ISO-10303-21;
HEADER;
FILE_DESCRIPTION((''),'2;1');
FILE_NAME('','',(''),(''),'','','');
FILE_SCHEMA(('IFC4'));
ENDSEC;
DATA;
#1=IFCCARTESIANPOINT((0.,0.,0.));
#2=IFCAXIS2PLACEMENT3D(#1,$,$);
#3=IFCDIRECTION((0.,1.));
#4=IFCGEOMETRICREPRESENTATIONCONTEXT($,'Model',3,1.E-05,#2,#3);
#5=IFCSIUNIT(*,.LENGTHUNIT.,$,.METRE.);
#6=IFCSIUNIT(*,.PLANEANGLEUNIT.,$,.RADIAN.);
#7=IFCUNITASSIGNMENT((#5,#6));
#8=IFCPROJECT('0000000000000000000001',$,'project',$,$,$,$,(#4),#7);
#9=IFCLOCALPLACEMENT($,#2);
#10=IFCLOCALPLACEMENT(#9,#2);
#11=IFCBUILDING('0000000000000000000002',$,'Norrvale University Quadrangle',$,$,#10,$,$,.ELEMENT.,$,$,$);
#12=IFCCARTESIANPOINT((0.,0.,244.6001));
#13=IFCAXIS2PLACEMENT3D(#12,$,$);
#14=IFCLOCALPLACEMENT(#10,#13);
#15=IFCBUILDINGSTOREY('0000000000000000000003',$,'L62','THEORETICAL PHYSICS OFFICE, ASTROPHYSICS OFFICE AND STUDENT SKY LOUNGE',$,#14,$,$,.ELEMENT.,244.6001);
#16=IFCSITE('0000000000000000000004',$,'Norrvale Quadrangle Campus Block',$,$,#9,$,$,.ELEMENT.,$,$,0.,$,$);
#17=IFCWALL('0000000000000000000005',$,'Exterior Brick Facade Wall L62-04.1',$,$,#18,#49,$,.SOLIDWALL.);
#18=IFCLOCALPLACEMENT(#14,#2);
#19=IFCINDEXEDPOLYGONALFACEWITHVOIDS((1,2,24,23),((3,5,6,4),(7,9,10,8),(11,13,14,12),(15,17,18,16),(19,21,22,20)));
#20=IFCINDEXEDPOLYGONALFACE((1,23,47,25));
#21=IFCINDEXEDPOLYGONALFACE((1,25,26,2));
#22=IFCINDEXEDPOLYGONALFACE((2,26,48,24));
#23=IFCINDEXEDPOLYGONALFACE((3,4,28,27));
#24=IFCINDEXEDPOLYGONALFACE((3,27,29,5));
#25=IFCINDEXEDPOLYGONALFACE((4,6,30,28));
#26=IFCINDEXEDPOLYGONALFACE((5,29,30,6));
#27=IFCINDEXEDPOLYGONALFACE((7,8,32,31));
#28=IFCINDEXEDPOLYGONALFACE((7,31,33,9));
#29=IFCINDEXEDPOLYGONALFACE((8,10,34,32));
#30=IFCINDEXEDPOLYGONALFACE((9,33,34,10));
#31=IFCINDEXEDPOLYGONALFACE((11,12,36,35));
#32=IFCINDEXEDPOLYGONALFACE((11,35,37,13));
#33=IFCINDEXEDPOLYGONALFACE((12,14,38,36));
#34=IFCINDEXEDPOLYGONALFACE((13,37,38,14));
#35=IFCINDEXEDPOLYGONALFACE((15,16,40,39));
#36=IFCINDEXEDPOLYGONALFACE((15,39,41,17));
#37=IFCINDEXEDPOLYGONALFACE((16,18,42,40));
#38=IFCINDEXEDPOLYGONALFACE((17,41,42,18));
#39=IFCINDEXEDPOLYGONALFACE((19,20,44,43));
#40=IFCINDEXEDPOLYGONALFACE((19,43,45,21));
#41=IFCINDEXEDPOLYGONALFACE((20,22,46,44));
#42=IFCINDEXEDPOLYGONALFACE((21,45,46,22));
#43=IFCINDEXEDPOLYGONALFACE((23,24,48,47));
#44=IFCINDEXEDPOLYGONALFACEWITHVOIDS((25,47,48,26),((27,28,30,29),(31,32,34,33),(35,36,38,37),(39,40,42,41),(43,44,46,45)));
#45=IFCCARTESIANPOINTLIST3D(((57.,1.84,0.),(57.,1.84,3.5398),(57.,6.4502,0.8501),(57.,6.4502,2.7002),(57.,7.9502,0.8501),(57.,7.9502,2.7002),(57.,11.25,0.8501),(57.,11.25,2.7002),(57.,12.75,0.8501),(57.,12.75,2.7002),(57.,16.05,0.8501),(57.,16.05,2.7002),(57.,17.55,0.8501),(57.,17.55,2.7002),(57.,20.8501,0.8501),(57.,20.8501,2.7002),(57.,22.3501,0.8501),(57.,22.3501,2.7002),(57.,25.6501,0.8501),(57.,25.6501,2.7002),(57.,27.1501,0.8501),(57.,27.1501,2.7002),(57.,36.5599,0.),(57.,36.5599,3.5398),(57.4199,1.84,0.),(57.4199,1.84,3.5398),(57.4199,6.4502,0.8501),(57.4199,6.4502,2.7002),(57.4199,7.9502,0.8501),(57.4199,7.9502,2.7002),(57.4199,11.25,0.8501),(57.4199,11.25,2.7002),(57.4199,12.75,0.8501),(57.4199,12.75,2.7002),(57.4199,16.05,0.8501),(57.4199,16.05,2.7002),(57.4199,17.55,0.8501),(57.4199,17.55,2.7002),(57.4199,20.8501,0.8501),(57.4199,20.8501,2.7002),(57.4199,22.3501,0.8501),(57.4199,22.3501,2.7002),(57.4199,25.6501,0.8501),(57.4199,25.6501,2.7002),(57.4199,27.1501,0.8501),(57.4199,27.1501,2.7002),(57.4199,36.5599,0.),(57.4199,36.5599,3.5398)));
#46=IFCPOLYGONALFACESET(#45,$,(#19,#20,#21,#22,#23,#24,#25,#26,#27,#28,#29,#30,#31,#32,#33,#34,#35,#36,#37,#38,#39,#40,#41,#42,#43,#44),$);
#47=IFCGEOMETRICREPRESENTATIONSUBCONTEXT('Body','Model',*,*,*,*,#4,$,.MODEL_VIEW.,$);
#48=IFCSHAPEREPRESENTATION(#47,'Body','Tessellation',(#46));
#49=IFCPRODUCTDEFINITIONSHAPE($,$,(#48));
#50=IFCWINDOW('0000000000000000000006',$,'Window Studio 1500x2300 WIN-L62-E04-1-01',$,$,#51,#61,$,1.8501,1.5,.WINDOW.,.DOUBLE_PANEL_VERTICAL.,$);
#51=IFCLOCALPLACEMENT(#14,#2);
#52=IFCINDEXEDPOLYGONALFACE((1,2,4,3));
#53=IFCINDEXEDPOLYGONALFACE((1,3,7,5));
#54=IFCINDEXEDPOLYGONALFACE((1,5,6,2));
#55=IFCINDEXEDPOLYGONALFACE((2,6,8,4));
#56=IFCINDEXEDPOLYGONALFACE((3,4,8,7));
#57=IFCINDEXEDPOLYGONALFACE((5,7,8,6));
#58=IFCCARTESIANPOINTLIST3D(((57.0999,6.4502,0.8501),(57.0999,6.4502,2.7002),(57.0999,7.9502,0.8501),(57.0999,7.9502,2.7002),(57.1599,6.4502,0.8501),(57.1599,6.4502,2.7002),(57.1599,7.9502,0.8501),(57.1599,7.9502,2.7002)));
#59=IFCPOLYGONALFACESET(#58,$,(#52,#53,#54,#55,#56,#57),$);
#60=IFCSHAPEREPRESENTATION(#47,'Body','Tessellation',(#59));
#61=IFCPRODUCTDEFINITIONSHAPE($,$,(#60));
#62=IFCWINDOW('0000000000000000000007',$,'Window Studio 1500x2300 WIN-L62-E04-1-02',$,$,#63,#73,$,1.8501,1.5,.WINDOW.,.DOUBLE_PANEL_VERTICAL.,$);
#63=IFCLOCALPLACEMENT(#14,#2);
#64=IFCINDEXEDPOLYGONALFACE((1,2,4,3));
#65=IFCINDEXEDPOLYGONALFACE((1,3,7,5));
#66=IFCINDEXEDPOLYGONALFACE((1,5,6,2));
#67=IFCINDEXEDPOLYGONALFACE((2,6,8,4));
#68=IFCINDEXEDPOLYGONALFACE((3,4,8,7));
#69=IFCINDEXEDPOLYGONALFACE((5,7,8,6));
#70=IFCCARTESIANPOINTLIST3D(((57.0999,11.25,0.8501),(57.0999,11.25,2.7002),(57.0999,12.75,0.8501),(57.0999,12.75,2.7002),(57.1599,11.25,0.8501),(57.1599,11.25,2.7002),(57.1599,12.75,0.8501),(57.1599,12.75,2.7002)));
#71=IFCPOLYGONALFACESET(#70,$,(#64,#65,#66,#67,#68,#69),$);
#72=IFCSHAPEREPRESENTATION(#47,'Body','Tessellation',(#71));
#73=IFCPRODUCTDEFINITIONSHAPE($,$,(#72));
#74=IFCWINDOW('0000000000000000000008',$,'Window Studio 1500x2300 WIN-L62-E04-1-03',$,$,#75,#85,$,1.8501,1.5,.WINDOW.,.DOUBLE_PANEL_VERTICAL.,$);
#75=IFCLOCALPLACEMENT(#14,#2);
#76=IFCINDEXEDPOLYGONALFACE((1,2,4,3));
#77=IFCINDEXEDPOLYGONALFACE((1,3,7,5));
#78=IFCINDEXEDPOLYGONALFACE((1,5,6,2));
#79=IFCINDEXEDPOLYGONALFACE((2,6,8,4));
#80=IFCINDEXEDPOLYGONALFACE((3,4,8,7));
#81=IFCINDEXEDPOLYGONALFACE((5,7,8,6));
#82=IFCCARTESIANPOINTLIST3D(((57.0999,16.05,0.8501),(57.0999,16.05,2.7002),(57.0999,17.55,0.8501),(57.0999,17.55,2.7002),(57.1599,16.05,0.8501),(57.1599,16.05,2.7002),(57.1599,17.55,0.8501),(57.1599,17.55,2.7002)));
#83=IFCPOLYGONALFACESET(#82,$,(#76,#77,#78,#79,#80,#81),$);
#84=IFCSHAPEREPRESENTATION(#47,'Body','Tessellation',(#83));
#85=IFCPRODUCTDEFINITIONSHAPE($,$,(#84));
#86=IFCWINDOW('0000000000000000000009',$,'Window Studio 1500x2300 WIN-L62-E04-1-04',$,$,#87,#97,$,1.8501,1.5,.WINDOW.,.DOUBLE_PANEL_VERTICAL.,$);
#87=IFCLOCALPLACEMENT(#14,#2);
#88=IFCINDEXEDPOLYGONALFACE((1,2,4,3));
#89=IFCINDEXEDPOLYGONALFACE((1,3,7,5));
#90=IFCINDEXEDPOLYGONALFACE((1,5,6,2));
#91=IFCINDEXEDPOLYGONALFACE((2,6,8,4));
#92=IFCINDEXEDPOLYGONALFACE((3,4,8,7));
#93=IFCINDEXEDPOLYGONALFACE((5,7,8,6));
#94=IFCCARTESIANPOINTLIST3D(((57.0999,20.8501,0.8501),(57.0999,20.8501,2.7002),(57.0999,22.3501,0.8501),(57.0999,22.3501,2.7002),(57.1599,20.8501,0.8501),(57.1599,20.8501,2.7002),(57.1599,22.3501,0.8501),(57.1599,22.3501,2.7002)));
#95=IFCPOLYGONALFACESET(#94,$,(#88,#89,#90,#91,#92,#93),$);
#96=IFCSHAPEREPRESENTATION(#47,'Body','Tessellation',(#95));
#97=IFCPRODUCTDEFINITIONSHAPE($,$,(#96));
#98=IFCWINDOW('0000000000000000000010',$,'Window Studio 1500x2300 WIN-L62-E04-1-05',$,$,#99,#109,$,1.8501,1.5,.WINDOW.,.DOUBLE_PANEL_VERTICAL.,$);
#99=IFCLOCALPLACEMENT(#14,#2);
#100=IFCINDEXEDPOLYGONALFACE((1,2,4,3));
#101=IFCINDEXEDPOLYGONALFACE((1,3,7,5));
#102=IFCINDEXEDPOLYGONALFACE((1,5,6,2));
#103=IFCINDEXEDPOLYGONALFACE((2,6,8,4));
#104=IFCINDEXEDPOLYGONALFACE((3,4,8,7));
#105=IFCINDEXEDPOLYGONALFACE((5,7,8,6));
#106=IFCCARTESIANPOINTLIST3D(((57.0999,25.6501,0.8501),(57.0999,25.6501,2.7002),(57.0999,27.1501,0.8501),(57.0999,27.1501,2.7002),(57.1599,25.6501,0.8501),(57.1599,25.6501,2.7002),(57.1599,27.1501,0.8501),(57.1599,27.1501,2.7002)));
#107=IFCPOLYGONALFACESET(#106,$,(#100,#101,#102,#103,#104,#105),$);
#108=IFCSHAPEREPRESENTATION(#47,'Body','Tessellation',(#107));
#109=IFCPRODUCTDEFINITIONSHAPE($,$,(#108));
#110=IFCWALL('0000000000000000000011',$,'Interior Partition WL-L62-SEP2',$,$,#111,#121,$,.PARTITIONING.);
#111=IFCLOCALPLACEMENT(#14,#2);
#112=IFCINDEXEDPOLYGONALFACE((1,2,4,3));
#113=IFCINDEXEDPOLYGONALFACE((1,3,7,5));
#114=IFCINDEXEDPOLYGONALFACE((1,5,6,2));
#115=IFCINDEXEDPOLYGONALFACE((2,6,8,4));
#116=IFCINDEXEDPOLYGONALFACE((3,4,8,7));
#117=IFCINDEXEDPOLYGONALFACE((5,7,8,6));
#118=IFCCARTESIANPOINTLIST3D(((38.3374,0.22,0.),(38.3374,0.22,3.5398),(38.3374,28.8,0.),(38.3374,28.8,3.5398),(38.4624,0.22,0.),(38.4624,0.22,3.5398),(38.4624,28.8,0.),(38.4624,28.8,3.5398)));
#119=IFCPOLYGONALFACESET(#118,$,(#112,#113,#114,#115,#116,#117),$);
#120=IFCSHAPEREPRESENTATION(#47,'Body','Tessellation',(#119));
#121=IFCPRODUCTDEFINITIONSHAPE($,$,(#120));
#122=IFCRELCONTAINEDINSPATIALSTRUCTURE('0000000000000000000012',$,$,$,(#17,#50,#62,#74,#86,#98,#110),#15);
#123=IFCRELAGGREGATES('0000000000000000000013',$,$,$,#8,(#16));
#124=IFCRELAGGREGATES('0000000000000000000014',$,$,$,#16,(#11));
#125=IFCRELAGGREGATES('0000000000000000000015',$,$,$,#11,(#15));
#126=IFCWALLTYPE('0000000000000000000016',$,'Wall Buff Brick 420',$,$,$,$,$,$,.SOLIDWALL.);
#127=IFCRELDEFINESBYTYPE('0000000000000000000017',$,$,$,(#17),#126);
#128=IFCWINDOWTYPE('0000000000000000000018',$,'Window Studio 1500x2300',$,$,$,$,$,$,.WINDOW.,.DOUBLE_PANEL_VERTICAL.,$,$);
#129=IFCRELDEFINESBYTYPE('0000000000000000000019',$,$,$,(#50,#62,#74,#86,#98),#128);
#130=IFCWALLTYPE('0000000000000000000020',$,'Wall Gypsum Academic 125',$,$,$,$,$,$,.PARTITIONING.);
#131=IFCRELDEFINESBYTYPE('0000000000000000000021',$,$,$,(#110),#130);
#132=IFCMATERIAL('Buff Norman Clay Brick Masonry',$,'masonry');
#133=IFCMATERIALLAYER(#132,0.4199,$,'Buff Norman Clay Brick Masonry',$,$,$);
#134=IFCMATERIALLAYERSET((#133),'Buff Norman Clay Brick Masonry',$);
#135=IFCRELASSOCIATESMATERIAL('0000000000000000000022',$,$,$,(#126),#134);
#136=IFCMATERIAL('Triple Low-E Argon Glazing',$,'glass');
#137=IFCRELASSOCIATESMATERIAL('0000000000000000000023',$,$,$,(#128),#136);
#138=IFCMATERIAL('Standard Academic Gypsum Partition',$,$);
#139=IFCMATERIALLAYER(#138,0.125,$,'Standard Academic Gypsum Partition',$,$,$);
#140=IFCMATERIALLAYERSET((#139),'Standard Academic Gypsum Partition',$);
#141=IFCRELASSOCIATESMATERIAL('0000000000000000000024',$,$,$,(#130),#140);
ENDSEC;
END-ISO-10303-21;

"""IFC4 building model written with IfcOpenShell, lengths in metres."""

from ifc_helpers import new_model, si_unit, direction, frame, frame_2d, origin, place, context, subcontext, project, spatial, rectangle, extrude, material, layer, layer_set, type_object, element, fill, save


model = new_model("IFC4")

# Units and contexts
model_context = context("Model", 3, precision=1e-05, world=origin(), true_north=direction((0.0, 1.0)))
body_context = subcontext(model_context, "Body", "Model", "MODEL_VIEW")
ifc_project = project(units=[si_unit("LENGTHUNIT", "METRE"), si_unit("PLANEANGLEUNIT", "RADIAN")], contexts=[model_context])

# Site, building, storey
site_placement = place(None, origin())
site = spatial("IfcSite", under=ifc_project, at=site_placement, Name="Norrvale Quadrangle Campus Block", CompositionType="ELEMENT", RefElevation=0.0)
building_placement = place(site_placement, origin())
building = spatial("IfcBuilding", under=site, at=building_placement, Name="Norrvale University Quadrangle", CompositionType="ELEMENT")
storey_placement = place(building_placement, frame((0.0, 0.0, 244.6001)))
storey = spatial("IfcBuildingStorey", under=building, at=storey_placement, Name="L62", Description="THEORETICAL PHYSICS OFFICE, ASTROPHYSICS OFFICE AND STUDENT SKY LOUNGE", CompositionType="ELEMENT", Elevation=244.6001)

# Shared definitions
ifc_material_1 = material(Name="Buff Norman Clay Brick Masonry", Category="masonry")
ifc_layer_1 = layer(ifc_material_1, 0.4199, Name="Buff Norman Clay Brick Masonry")
ifc_layer_set_1 = layer_set([ifc_layer_1], Name="Buff Norman Clay Brick Masonry")
wall_type_1 = type_object("IfcWallType", Name="Wall Buff Brick 420", PredefinedType="SOLIDWALL", material=ifc_layer_set_1)

# Wall, openings, windows
wall_1_placement = place(storey_placement, frame((57.21, 1.8401, 0.0), z_axis=(0.0, 0.0, 1.0), x_axis=(0.0, 1.0, 0.0)))
wall_1 = element("IfcWall", 1, at=wall_1_placement, inside=storey, type_object=wall_type_1, Name="Exterior Brick Facade Wall L62-04.1", PredefinedType="SOLIDWALL", context=body_context, shape_type="SweptSolid", body=[
    extrude(rectangle(XDim=34.72, YDim=0.4199, at=frame_2d((17.3599, 0.0))), origin(), (0.0, 0.0, 1.0), 3.5398),
])
opening_1_placement = place(wall_1_placement, frame((4.6101, 0.0, 0.8501)))
opening_1 = element("IfcOpeningElement", 2, at=opening_1_placement, cuts=wall_1, PredefinedType="OPENING", context=body_context, shape_type="SweptSolid", body=[
    extrude(rectangle(XDim=1.5, YDim=1.8501, at=frame_2d((0.75, 0.925))), frame((0.0, 0.2219, 0.0), z_axis=(0.0, -1.0, 0.0), x_axis=(1.0, 0.0, 0.0)), (0.0, 0.0, 1.0), 0.4438),
])
opening_2_placement = place(wall_1_placement, frame((9.4099, 0.0, 0.8501)))
opening_2 = element("IfcOpeningElement", 3, at=opening_2_placement, cuts=wall_1, PredefinedType="OPENING", context=body_context, shape_type="SweptSolid", body=[
    extrude(rectangle(XDim=1.5, YDim=1.8501, at=frame_2d((0.75, 0.925))), frame((0.0, 0.2219, 0.0), z_axis=(0.0, -1.0, 0.0), x_axis=(1.0, 0.0, 0.0)), (0.0, 0.0, 1.0), 0.4438),
])
opening_3_placement = place(wall_1_placement, frame((14.21, 0.0, 0.8501)))
opening_3 = element("IfcOpeningElement", 4, at=opening_3_placement, cuts=wall_1, PredefinedType="OPENING", context=body_context, shape_type="SweptSolid", body=[
    extrude(rectangle(XDim=1.5, YDim=1.8501, at=frame_2d((0.75, 0.925))), frame((0.0, 0.2219, 0.0), z_axis=(0.0, -1.0, 0.0), x_axis=(1.0, 0.0, 0.0)), (0.0, 0.0, 1.0), 0.4438),
])
opening_4_placement = place(wall_1_placement, frame((19.01, 0.0, 0.8501)))
opening_4 = element("IfcOpeningElement", 5, at=opening_4_placement, cuts=wall_1, PredefinedType="OPENING", context=body_context, shape_type="SweptSolid", body=[
    extrude(rectangle(XDim=1.5, YDim=1.8501, at=frame_2d((0.75, 0.925))), frame((0.0, 0.2219, 0.0), z_axis=(0.0, -1.0, 0.0), x_axis=(1.0, 0.0, 0.0)), (0.0, 0.0, 1.0), 0.4438),
])
opening_5_placement = place(wall_1_placement, frame((23.8101, 0.0, 0.8501)))
opening_5 = element("IfcOpeningElement", 6, at=opening_5_placement, cuts=wall_1, PredefinedType="OPENING", context=body_context, shape_type="SweptSolid", body=[
    extrude(rectangle(XDim=1.5, YDim=1.8501, at=frame_2d((0.75, 0.925))), frame((0.0, 0.2219, 0.0), z_axis=(0.0, -1.0, 0.0), x_axis=(1.0, 0.0, 0.0)), (0.0, 0.0, 1.0), 0.4438),
])
ifc_material_2 = material(Name="Triple Low-E Argon Glazing", Category="glass")
window_type = type_object("IfcWindowType", Name="Window Studio 1500x2300", PartitioningType="DOUBLE_PANEL_VERTICAL", PredefinedType="WINDOW", material=ifc_material_2)
window_1_placement = place(opening_1_placement, origin())
window_1 = element("IfcWindow", 7, at=window_1_placement, inside=storey, type_object=window_type, Name="Window Studio 1500x2300 WIN-L62-E04-1-01", OverallHeight=1.8501, OverallWidth=1.5, PartitioningType="DOUBLE_PANEL_VERTICAL", PredefinedType="WINDOW", context=body_context, shape_type="SweptSolid", body=[
    extrude(rectangle(XDim=1.5, YDim=1.8501, at=frame_2d((0.75, 0.925))), frame((0.0, 0.1101, 0.0), z_axis=(0.0, -1.0, 0.0), x_axis=(1.0, 0.0, 0.0)), (0.0, 0.0, 1.0), 0.0601),
])
fill(opening_1, window_1)
window_2_placement = place(opening_2_placement, origin())
window_2 = element("IfcWindow", 8, at=window_2_placement, inside=storey, type_object=window_type, Name="Window Studio 1500x2300 WIN-L62-E04-1-02", OverallHeight=1.8501, OverallWidth=1.5, PartitioningType="DOUBLE_PANEL_VERTICAL", PredefinedType="WINDOW", context=body_context, shape_type="SweptSolid", body=[
    extrude(rectangle(XDim=1.5, YDim=1.8501, at=frame_2d((0.75, 0.925))), frame((0.0, 0.1101, 0.0), z_axis=(0.0, -1.0, 0.0), x_axis=(1.0, 0.0, 0.0)), (0.0, 0.0, 1.0), 0.0601),
])
fill(opening_2, window_2)
window_3_placement = place(opening_3_placement, origin())
window_3 = element("IfcWindow", 9, at=window_3_placement, inside=storey, type_object=window_type, Name="Window Studio 1500x2300 WIN-L62-E04-1-03", OverallHeight=1.8501, OverallWidth=1.5, PartitioningType="DOUBLE_PANEL_VERTICAL", PredefinedType="WINDOW", context=body_context, shape_type="SweptSolid", body=[
    extrude(rectangle(XDim=1.5, YDim=1.8501, at=frame_2d((0.75, 0.925))), frame((0.0, 0.1101, 0.0), z_axis=(0.0, -1.0, 0.0), x_axis=(1.0, 0.0, 0.0)), (0.0, 0.0, 1.0), 0.0601),
])
fill(opening_3, window_3)
window_4_placement = place(opening_4_placement, origin())
window_4 = element("IfcWindow", 10, at=window_4_placement, inside=storey, type_object=window_type, Name="Window Studio 1500x2300 WIN-L62-E04-1-04", OverallHeight=1.8501, OverallWidth=1.5, PartitioningType="DOUBLE_PANEL_VERTICAL", PredefinedType="WINDOW", context=body_context, shape_type="SweptSolid", body=[
    extrude(rectangle(XDim=1.5, YDim=1.8501, at=frame_2d((0.75, 0.925))), frame((0.0, 0.1101, 0.0), z_axis=(0.0, -1.0, 0.0), x_axis=(1.0, 0.0, 0.0)), (0.0, 0.0, 1.0), 0.0601),
])
fill(opening_4, window_4)
window_5_placement = place(opening_5_placement, origin())
window_5 = element("IfcWindow", 11, at=window_5_placement, inside=storey, type_object=window_type, Name="Window Studio 1500x2300 WIN-L62-E04-1-05", OverallHeight=1.8501, OverallWidth=1.5, PartitioningType="DOUBLE_PANEL_VERTICAL", PredefinedType="WINDOW", context=body_context, shape_type="SweptSolid", body=[
    extrude(rectangle(XDim=1.5, YDim=1.8501, at=frame_2d((0.75, 0.925))), frame((0.0, 0.1101, 0.0), z_axis=(0.0, -1.0, 0.0), x_axis=(1.0, 0.0, 0.0)), (0.0, 0.0, 1.0), 0.0601),
])
fill(opening_5, window_5)

# Wall
ifc_material_3 = material(Name="Standard Academic Gypsum Partition")
ifc_layer_2 = layer(ifc_material_3, 0.125, Name="Standard Academic Gypsum Partition")
ifc_layer_set_2 = layer_set([ifc_layer_2], Name="Standard Academic Gypsum Partition")
wall_type_2 = type_object("IfcWallType", Name="Wall Gypsum Academic 125", PredefinedType="PARTITIONING", material=ifc_layer_set_2)
wall_2_placement = place(storey_placement, frame((38.3999, 0.22, 0.0), z_axis=(0.0, 0.0, 1.0), x_axis=(0.0, 1.0, 0.0)))
element("IfcWall", 12, at=wall_2_placement, inside=storey, type_object=wall_type_2, Name="Interior Partition WL-L62-SEP2", PredefinedType="PARTITIONING", context=body_context, shape_type="SweptSolid", body=[
    extrude(rectangle(XDim=28.5801, YDim=0.125, at=frame_2d((14.29, 0.0))), origin(), (0.0, 0.0, 1.0), 3.5398),
])

save(model, "model.ifc")
